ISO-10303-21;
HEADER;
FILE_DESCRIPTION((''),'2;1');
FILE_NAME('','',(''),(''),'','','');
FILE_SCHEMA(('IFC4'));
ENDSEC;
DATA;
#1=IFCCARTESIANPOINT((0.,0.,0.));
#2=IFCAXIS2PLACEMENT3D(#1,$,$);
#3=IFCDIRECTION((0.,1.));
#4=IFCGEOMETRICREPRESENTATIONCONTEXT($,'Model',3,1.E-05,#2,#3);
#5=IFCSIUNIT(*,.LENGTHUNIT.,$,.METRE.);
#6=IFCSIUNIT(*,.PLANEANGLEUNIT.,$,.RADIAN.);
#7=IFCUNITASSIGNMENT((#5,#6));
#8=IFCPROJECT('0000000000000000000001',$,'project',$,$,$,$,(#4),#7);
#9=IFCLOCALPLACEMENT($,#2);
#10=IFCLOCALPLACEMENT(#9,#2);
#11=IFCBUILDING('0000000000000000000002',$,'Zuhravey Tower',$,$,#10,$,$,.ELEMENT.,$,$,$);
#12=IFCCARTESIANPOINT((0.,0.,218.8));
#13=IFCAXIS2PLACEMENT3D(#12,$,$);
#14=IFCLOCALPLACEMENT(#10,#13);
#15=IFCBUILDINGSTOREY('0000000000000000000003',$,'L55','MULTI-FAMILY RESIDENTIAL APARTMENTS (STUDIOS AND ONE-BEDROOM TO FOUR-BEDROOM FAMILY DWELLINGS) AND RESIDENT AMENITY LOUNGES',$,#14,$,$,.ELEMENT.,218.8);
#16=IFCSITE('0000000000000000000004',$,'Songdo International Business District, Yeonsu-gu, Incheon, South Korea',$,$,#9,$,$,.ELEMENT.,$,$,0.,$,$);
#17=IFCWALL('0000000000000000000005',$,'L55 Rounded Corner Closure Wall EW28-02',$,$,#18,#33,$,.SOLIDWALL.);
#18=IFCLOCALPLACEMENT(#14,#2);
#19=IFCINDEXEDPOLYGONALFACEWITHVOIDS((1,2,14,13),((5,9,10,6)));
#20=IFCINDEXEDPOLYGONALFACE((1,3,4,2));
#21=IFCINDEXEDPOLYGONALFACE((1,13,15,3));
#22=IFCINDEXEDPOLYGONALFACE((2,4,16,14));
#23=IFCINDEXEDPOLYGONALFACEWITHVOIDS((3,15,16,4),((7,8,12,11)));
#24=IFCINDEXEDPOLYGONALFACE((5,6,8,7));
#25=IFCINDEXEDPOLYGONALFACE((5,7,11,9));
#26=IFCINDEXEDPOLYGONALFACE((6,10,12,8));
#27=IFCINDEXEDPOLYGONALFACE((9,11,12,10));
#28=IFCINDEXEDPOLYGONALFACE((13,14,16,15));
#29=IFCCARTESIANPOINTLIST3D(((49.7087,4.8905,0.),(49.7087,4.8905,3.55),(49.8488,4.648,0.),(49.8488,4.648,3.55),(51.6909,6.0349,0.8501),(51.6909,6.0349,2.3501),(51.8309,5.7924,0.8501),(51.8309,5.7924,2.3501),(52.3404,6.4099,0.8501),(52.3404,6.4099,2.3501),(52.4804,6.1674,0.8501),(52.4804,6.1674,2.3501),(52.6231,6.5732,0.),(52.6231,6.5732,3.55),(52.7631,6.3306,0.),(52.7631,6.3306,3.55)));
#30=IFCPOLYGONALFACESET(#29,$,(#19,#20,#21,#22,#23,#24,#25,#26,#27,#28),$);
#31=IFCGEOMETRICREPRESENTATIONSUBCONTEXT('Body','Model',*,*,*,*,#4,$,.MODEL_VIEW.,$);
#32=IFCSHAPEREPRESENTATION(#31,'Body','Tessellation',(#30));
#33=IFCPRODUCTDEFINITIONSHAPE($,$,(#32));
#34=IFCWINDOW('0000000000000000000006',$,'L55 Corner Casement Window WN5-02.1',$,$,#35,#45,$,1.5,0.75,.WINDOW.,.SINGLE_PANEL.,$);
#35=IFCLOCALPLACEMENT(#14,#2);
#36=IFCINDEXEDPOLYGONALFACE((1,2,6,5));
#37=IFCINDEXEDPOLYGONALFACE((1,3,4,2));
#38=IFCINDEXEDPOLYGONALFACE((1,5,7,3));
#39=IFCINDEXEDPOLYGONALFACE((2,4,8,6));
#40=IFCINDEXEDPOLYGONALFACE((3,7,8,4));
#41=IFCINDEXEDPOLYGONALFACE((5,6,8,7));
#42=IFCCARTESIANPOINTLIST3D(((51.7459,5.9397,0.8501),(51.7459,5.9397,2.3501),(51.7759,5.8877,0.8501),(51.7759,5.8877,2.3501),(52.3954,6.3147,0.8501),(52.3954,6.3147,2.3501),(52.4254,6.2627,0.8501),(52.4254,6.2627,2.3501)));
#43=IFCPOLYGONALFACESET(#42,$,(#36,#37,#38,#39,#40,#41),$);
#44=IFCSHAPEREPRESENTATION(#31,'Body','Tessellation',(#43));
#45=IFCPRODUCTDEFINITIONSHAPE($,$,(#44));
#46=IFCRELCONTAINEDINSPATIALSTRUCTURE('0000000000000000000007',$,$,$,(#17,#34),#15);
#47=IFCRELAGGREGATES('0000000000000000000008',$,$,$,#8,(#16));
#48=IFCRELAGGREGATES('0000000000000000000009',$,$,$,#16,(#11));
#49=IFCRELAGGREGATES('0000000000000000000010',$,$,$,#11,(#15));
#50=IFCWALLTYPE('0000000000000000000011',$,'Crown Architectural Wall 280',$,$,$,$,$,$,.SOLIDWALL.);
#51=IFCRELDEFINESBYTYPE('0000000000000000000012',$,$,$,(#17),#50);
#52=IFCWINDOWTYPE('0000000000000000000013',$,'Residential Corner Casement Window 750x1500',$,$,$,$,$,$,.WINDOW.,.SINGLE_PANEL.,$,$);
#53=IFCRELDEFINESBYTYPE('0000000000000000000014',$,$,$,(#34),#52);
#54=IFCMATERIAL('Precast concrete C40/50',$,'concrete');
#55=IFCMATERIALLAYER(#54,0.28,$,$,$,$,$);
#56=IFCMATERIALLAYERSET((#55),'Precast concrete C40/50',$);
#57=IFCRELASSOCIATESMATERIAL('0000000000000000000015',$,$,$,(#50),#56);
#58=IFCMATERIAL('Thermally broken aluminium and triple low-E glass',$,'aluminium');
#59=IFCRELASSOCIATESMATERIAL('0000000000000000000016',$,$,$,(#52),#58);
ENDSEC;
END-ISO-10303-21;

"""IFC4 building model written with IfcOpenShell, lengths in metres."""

from ifc_helpers import new_model, si_unit, direction, frame, frame_2d, origin, place, context, subcontext, project, spatial, rectangle, extrude, material, layer, layer_set, type_object, element, fill, save


model = new_model("IFC4")

# Units and contexts
model_context = context("Model", 3, precision=1e-05, world=origin(), true_north=direction((0.0, 1.0)))
body_context = subcontext(model_context, "Body", "Model", "MODEL_VIEW")
ifc_project = project(units=[si_unit("LENGTHUNIT", "METRE"), si_unit("PLANEANGLEUNIT", "RADIAN")], contexts=[model_context])

# Site, building, storey
site_placement = place(None, origin())
site = spatial("IfcSite", under=ifc_project, at=site_placement, Name="Songdo International Business District, Yeonsu-gu, Incheon, South Korea", CompositionType="ELEMENT", RefElevation=0.0)
building_placement = place(site_placement, origin())
building = spatial("IfcBuilding", under=site, at=building_placement, Name="Zuhravey Tower", CompositionType="ELEMENT")
storey_placement = place(building_placement, frame((0.0, 0.0, 218.8)))
storey = spatial("IfcBuildingStorey", under=building, at=storey_placement, Name="L55", Description="MULTI-FAMILY RESIDENTIAL APARTMENTS (STUDIOS AND ONE-BEDROOM TO FOUR-BEDROOM FAMILY DWELLINGS) AND RESIDENT AMENITY LOUNGES", CompositionType="ELEMENT", Elevation=218.8)

# Wall, opening, window
ifc_material_1 = material(Name="Precast concrete C40/50", Category="concrete")
ifc_layer_1 = layer(ifc_material_1, 0.28)
ifc_layer_set_1 = layer_set([ifc_layer_1], Name="Precast concrete C40/50")
wall_type_1 = type_object("IfcWallType", Name="Crown Architectural Wall 280", PredefinedType="SOLIDWALL", material=ifc_layer_set_1)
wall_1_placement = place(storey_placement, frame((52.6931, 6.4519, 0.0), z_axis=(0.0, 0.0, 1.0), x_axis=(-0.86602, -0.500009, 0.0)))
wall_1 = element("IfcWall", 1, at=wall_1_placement, inside=storey, type_object=wall_type_1, Name="L55 Rounded Corner Closure Wall EW28-02", PredefinedType="SOLIDWALL", context=body_context, shape_type="SweptSolid", body=[
    extrude(rectangle(XDim=3.3652, YDim=0.28, at=frame_2d((1.6826, 0.0))), origin(), (0.0, 0.0, 1.0), 3.55),
])
opening_1_placement = place(wall_1_placement, frame((0.3264, 0.0, 0.8501)))
opening_1 = element("IfcOpeningElement", 2, at=opening_1_placement, cuts=wall_1, PredefinedType="OPENING", context=body_context, shape_type="SweptSolid", body=[
    extrude(rectangle(XDim=0.75, YDim=1.5, at=frame_2d((0.375, 0.75))), frame((0.0, 0.1521, 0.0), z_axis=(0.0, -1.0, 0.0), x_axis=(1.0, 0.0, 0.0)), (0.0, 0.0, 1.0), 0.304),
])
ifc_material_2 = material(Name="Thermally broken aluminium and triple low-E glass", Category="aluminium")
window_type = type_object("IfcWindowType", Name="Residential Corner Casement Window 750x1500", PartitioningType="SINGLE_PANEL", PredefinedType="WINDOW", material=ifc_material_2)
window_placement = place(opening_1_placement, origin())
window = element("IfcWindow", 3, at=window_placement, inside=storey, type_object=window_type, Name="L55 Corner Casement Window WN5-02.1", OverallHeight=1.5, OverallWidth=0.75, PartitioningType="SINGLE_PANEL", PredefinedType="WINDOW", context=body_context, shape_type="SweptSolid", body=[
    extrude(rectangle(XDim=0.75, YDim=1.5, at=frame_2d((0.375, 0.75))), frame((0.0, 0.03, 0.0), z_axis=(0.0, -1.0, 0.0), x_axis=(1.0, 0.0, 0.0)), (0.0, 0.0, 1.0), 0.0601),
])
fill(opening_1, window)

save(model, "model.ifc")
